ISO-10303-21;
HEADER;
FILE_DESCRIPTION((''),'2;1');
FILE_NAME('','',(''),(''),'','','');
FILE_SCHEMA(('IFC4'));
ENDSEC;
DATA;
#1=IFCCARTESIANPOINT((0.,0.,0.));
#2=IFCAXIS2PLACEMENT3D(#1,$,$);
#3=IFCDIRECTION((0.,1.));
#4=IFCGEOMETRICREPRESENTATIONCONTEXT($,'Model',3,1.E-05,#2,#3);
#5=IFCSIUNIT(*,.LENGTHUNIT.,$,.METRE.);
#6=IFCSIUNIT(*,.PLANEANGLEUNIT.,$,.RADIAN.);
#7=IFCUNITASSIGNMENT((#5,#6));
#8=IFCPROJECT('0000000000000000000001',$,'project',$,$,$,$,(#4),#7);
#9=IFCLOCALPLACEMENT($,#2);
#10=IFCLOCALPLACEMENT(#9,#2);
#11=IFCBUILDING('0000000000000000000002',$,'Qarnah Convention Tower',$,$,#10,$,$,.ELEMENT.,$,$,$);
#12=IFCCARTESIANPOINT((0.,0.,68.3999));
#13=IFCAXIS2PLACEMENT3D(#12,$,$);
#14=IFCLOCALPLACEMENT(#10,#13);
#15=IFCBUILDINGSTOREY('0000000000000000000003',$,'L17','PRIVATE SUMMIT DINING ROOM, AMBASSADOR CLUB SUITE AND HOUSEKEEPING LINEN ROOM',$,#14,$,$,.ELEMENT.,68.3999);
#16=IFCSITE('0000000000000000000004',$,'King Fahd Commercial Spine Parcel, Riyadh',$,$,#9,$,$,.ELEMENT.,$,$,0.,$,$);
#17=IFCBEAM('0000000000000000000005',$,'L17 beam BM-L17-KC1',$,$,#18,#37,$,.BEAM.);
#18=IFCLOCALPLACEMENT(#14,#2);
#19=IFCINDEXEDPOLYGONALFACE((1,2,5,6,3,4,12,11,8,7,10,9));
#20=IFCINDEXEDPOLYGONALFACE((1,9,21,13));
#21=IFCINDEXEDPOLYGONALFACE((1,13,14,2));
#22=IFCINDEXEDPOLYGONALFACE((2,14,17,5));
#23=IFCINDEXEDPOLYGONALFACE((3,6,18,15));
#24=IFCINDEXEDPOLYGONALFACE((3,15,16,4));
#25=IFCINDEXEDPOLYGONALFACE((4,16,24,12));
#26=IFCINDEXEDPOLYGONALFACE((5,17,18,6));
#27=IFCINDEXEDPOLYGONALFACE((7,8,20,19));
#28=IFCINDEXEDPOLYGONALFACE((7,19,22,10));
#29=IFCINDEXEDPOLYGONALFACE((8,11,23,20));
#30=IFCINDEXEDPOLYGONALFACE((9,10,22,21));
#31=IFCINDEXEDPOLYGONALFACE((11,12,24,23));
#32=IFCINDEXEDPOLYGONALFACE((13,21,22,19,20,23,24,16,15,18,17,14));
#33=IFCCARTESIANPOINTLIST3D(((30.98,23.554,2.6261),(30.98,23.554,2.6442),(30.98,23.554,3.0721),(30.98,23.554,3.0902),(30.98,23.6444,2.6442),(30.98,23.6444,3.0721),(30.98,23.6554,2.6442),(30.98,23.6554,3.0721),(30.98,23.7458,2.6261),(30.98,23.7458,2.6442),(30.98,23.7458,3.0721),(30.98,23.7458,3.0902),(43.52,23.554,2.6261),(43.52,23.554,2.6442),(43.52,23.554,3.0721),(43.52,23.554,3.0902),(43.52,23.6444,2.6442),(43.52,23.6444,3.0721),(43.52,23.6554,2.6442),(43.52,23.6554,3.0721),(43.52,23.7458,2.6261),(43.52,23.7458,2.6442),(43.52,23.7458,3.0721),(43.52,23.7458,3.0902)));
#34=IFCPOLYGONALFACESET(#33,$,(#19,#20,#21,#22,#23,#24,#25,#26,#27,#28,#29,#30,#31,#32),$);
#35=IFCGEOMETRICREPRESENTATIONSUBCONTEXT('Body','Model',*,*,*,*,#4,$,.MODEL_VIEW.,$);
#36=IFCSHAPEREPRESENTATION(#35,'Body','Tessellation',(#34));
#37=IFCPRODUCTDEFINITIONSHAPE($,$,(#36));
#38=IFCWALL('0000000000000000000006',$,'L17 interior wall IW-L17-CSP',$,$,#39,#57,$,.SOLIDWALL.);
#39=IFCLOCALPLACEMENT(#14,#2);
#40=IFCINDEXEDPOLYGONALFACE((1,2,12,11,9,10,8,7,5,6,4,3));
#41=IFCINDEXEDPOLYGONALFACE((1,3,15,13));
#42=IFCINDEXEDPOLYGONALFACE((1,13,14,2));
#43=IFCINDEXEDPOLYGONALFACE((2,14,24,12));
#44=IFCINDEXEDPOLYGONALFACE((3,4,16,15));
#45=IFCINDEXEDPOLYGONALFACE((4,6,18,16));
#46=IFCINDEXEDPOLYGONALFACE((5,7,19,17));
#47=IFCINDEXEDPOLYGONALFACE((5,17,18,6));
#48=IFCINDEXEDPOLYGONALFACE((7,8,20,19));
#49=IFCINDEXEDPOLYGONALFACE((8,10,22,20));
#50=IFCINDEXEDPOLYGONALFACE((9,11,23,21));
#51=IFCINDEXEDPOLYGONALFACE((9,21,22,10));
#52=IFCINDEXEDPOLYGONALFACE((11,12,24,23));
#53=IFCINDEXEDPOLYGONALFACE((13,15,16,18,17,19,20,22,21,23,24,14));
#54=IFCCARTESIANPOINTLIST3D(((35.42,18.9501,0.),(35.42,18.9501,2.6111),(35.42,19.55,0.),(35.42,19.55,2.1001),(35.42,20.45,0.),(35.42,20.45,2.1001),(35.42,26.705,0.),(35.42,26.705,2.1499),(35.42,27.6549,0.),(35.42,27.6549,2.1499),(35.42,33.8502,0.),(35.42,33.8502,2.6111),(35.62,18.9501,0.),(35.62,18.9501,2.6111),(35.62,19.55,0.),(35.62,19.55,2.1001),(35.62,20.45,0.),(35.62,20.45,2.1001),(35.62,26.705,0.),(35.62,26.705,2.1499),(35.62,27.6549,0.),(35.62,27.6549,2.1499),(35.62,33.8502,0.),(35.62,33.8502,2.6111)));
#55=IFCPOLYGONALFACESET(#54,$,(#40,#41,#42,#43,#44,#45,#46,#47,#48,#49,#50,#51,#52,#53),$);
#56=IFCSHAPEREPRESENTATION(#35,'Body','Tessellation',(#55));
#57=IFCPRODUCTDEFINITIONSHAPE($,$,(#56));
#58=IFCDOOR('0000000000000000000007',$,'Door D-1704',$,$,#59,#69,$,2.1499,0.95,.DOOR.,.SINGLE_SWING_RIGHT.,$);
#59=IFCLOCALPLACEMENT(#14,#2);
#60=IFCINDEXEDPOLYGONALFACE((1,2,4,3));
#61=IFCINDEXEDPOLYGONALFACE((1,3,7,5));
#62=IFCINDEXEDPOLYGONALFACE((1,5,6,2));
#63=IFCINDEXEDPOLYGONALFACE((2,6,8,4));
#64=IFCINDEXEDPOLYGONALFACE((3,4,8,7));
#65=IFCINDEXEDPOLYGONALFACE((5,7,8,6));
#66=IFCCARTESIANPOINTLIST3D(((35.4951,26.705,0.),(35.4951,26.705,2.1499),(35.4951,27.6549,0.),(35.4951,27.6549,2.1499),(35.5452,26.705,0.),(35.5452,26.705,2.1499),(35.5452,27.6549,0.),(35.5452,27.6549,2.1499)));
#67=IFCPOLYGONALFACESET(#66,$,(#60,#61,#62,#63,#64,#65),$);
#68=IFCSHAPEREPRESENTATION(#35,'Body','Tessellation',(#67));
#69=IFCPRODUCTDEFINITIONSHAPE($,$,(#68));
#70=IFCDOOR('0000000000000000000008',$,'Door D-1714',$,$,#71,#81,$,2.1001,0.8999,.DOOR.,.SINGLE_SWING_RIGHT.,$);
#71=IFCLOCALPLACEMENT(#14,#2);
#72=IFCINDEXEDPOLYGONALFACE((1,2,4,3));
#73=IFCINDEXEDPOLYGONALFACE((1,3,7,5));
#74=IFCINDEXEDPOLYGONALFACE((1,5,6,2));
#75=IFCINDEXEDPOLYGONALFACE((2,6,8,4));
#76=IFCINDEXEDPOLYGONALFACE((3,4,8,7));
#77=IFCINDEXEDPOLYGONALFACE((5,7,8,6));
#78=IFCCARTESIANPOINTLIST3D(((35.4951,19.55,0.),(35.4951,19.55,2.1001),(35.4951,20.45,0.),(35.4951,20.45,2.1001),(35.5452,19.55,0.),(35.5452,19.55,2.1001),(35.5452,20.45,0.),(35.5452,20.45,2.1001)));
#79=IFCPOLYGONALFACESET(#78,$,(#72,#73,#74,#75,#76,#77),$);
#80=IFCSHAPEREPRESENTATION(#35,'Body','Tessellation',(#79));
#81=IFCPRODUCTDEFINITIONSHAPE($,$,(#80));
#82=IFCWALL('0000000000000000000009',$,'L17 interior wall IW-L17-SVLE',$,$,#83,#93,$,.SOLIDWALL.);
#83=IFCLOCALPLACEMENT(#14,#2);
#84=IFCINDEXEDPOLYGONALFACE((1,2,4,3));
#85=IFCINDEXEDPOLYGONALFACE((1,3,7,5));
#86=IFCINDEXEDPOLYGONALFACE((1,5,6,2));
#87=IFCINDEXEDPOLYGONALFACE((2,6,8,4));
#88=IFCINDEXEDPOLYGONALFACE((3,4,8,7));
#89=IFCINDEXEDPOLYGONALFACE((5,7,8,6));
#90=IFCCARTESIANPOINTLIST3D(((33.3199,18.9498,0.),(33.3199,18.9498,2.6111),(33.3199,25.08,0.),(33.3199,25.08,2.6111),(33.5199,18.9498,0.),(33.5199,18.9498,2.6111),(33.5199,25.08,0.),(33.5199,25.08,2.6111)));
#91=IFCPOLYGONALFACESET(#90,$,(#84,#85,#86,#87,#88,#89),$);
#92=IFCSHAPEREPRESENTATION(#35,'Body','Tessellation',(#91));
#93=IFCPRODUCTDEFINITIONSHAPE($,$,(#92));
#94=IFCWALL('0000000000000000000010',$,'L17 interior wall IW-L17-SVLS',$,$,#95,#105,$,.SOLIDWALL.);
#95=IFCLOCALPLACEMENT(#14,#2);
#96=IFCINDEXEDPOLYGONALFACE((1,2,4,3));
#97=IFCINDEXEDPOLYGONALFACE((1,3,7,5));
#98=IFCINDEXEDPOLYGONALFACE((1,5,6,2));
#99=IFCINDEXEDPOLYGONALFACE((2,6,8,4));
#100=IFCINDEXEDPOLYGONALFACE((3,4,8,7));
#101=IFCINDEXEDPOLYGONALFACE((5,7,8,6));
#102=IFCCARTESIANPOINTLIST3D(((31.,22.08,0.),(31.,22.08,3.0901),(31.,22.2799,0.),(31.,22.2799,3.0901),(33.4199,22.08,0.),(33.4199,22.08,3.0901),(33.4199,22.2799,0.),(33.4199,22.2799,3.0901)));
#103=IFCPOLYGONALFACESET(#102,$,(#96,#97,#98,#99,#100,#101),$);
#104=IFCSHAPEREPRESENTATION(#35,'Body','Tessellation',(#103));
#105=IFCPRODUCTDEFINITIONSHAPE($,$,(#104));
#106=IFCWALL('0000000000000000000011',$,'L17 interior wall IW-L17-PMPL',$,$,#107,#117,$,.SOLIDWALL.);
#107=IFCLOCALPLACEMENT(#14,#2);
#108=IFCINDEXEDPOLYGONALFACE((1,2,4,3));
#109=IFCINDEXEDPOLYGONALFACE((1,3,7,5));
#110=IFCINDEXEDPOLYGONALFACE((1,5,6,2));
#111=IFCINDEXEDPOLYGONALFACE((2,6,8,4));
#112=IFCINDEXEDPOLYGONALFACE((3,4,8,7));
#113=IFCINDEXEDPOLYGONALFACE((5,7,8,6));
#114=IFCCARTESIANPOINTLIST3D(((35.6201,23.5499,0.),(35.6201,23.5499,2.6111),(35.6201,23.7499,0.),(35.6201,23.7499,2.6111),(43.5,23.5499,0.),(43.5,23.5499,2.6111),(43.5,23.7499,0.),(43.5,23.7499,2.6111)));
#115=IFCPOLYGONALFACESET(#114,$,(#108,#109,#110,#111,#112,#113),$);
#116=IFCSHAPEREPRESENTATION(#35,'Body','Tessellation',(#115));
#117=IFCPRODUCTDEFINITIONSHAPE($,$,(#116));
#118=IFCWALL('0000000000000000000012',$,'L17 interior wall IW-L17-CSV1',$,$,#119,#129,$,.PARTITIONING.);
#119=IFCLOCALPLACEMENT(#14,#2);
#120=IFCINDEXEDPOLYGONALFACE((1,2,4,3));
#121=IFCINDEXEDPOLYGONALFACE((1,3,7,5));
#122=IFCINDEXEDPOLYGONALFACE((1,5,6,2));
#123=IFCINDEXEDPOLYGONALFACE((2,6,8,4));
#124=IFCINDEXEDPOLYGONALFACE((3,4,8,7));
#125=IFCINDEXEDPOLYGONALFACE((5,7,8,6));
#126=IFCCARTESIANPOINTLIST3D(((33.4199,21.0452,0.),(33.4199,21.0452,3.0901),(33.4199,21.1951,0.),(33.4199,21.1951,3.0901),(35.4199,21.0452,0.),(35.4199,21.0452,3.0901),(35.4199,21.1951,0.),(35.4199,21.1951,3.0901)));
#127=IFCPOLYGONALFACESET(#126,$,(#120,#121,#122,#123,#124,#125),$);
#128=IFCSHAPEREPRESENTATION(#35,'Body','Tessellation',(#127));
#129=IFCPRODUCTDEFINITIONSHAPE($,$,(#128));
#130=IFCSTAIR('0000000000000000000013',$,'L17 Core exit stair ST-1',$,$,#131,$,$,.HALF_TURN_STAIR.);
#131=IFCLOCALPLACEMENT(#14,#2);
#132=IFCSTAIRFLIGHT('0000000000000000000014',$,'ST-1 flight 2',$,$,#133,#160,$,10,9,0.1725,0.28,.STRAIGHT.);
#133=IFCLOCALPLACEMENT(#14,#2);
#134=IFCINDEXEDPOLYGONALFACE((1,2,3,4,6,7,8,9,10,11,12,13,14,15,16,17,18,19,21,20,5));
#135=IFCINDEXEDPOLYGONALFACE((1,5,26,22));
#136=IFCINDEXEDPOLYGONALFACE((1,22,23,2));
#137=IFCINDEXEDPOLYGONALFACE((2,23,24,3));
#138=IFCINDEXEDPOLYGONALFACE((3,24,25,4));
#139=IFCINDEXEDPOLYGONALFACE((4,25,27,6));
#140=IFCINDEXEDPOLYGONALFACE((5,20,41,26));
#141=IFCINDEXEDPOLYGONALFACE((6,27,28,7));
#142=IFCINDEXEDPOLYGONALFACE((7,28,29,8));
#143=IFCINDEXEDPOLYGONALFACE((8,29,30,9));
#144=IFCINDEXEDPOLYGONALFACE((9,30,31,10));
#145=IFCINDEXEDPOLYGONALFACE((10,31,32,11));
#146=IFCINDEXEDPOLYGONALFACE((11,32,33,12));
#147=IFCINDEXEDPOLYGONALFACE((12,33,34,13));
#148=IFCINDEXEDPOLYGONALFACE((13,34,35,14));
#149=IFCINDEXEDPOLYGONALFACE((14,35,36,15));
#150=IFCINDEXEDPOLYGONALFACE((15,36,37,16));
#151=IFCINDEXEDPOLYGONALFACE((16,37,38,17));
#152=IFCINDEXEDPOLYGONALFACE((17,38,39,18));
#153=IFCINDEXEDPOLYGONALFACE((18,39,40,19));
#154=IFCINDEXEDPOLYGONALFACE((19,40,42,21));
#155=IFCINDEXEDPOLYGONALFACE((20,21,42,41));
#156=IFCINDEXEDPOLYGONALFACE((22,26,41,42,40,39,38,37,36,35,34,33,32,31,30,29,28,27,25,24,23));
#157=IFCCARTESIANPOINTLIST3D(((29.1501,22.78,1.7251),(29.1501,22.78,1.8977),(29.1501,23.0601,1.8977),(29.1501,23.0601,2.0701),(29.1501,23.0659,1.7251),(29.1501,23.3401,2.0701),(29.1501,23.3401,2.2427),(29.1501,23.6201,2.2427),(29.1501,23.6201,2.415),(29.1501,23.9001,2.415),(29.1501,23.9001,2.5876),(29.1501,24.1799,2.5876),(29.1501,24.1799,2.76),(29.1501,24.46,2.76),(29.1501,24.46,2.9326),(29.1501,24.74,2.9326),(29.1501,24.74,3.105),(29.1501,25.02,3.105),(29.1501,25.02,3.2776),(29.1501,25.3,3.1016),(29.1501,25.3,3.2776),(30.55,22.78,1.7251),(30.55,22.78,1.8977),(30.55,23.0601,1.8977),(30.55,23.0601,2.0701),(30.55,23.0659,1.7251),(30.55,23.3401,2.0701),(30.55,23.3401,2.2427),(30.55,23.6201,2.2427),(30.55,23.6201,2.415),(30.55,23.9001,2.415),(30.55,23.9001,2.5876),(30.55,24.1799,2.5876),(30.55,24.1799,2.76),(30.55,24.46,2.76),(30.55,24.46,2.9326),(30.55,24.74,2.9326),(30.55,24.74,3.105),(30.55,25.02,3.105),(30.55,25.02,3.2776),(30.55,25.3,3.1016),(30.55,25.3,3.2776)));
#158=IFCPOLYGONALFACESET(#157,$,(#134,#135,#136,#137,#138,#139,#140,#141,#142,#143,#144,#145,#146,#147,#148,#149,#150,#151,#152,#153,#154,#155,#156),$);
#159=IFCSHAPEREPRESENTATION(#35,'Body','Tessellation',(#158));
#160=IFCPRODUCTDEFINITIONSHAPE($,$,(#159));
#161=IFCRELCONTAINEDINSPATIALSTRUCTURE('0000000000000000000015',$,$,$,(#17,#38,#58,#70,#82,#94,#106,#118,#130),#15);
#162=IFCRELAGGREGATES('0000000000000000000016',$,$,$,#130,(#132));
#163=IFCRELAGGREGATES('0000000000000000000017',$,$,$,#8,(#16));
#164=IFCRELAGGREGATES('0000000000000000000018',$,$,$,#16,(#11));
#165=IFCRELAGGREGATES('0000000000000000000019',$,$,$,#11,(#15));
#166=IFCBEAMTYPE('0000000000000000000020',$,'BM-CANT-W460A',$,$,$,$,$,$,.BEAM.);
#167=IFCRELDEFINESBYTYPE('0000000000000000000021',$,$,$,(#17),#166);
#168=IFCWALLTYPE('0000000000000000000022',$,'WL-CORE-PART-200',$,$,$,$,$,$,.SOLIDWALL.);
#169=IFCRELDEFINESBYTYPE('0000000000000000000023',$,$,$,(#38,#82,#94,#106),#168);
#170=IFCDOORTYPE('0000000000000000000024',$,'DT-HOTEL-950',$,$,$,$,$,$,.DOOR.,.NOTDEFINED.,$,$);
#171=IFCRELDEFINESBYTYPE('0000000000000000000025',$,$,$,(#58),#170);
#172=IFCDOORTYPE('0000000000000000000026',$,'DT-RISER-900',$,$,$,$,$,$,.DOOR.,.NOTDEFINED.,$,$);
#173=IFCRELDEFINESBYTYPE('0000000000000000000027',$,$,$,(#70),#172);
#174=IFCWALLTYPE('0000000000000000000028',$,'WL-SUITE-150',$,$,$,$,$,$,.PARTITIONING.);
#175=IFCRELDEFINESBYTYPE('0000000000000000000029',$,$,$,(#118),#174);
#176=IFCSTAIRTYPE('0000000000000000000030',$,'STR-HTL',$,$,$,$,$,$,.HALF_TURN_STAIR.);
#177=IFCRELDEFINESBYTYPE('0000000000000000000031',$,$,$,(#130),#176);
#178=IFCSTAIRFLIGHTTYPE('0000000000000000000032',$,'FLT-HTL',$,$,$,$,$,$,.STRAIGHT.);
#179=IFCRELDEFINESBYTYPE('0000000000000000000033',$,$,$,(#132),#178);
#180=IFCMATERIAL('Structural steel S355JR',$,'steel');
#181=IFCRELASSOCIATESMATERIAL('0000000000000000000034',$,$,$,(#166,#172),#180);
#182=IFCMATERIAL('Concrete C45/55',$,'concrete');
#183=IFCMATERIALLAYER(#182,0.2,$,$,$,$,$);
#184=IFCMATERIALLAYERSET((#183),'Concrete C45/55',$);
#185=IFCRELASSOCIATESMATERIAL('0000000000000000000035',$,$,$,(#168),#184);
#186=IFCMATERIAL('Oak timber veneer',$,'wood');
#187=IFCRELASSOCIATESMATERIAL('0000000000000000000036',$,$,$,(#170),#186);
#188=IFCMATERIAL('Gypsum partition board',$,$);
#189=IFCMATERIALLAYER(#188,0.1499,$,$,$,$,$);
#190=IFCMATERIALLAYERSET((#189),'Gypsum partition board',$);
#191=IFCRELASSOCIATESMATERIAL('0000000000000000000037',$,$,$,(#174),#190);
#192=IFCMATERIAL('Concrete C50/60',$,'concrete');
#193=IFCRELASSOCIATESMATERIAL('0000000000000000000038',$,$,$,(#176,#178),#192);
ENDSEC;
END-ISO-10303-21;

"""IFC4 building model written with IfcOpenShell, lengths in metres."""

from ifc_helpers import new_model, si_unit, direction, frame, frame_2d, origin, origin_2d, place, context, subcontext, project, spatial, polyline, rectangle, i_section, outline, extrude, material, layer, layer_set, material_profile, profile_set, type_object, element, fill, aggregate, save


model = new_model("IFC4")

# Units and contexts
model_context = context("Model", 3, precision=1e-05, world=origin(), true_north=direction((0.0, 1.0)))
body_context = subcontext(model_context, "Body", "Model", "MODEL_VIEW")
ifc_project = project(units=[si_unit("LENGTHUNIT", "METRE"), si_unit("PLANEANGLEUNIT", "RADIAN")], contexts=[model_context])

# Site, building, storey
site_placement = place(None, origin())
site = spatial("IfcSite", under=ifc_project, at=site_placement, Name="King Fahd Commercial Spine Parcel, Riyadh", CompositionType="ELEMENT", RefElevation=0.0)
building_placement = place(site_placement, origin())
building = spatial("IfcBuilding", under=site, at=building_placement, Name="Qarnah Convention Tower", CompositionType="ELEMENT")
storey_placement = place(building_placement, frame((0.0, 0.0, 68.3999)))
storey = spatial("IfcBuildingStorey", under=building, at=storey_placement, Name="L17", Description="PRIVATE SUMMIT DINING ROOM, AMBASSADOR CLUB SUITE AND HOUSEKEEPING LINEN ROOM", CompositionType="ELEMENT", Elevation=68.3999)

# Beam
ifc_material_1 = material(Name="Structural steel S355JR", Category="steel")
ifc_material_profile = material_profile(ifc_material_1, i_section(OverallWidth=0.1919, OverallDepth=0.4641, WebThickness=0.011, FlangeThickness=0.0181, at=origin_2d()), Name="W460X89")
ifc_profile_set = profile_set([ifc_material_profile], Name="Structural steel S355JR")
beam_type = type_object("IfcBeamType", Name="BM-CANT-W460A", PredefinedType="BEAM", material=ifc_profile_set)
beam_placement = place(storey_placement, frame((30.98, 23.6499, 2.8582), z_axis=(1.0, 0.0, 0.0), x_axis=(0.0, 1.0, 0.0)))
element("IfcBeam", 1, at=beam_placement, inside=storey, type_object=beam_type, Name="L17 beam BM-L17-KC1", PredefinedType="BEAM", context=body_context, shape_type="SweptSolid", body=[
    extrude(i_section(OverallWidth=0.1919, OverallDepth=0.4641, WebThickness=0.011, FlangeThickness=0.0181, at=origin_2d()), origin(), (0.0, 0.0, 1.0), 12.54),
])

# Wall, openings, doors
door_type_1 = type_object("IfcDoorType", Name="DT-RISER-900", OperationType="NOTDEFINED", PredefinedType="DOOR", material=ifc_material_1)
ifc_material_2 = material(Name="Concrete C45/55", Category="concrete")
ifc_layer_1 = layer(ifc_material_2, 0.2)
ifc_layer_set_1 = layer_set([ifc_layer_1], Name="Concrete C45/55")
wall_type_1 = type_object("IfcWallType", Name="WL-CORE-PART-200", PredefinedType="SOLIDWALL", material=ifc_layer_set_1)
wall_1_placement = place(storey_placement, frame((35.52, 18.95, 0.0), z_axis=(0.0, 0.0, 1.0), x_axis=(0.0, 1.0, 0.0)))
wall_1 = element("IfcWall", 2, at=wall_1_placement, inside=storey, type_object=wall_type_1, Name="L17 interior wall IW-L17-CSP", PredefinedType="SOLIDWALL", context=body_context, shape_type="SweptSolid", body=[
    extrude(rectangle(XDim=14.9001, YDim=0.2, at=frame_2d((7.4502, 0.0))), origin(), (0.0, 0.0, 1.0), 2.6111),
])
opening_1_placement = place(wall_1_placement, frame((7.7549, 0.0, 0.0)))
opening_1 = element("IfcOpeningElement", 3, at=opening_1_placement, cuts=wall_1, PredefinedType="OPENING", context=body_context, shape_type="SweptSolid", body=[
    extrude(rectangle(XDim=0.95, YDim=2.1499, at=frame_2d((0.4751, 1.075))), frame((0.0, 0.1099, 0.0), z_axis=(0.0, -1.0, 0.0), x_axis=(1.0, 0.0, 0.0)), (0.0, 0.0, 1.0), 0.22),
])
opening_2_placement = place(wall_1_placement, frame((0.6001, 0.0, 0.0)))
opening_2 = element("IfcOpeningElement", 4, at=opening_2_placement, cuts=wall_1, PredefinedType="OPENING", context=body_context, shape_type="SweptSolid", body=[
    extrude(rectangle(XDim=0.8999, YDim=2.1001, at=frame_2d((0.45, 1.05))), frame((0.0, 0.1099, 0.0), z_axis=(0.0, -1.0, 0.0), x_axis=(1.0, 0.0, 0.0)), (0.0, 0.0, 1.0), 0.22),
])
ifc_material_3 = material(Name="Oak timber veneer", Category="wood")
door_type_2 = type_object("IfcDoorType", Name="DT-HOTEL-950", OperationType="NOTDEFINED", PredefinedType="DOOR", material=ifc_material_3)
door_1_placement = place(opening_1_placement, origin())
door_1 = element("IfcDoor", 5, at=door_1_placement, inside=storey, type_object=door_type_2, Name="Door D-1704", OperationType="SINGLE_SWING_RIGHT", OverallHeight=2.1499, OverallWidth=0.95, PredefinedType="DOOR", context=body_context, shape_type="SweptSolid", body=[
    extrude(rectangle(XDim=0.95, YDim=2.1499, at=frame_2d((0.4751, 1.075))), frame((0.0, 0.0249, 0.0), z_axis=(0.0, -1.0, 0.0), x_axis=(1.0, 0.0, 0.0)), (0.0, 0.0, 1.0), 0.05),
])
fill(opening_1, door_1)
door_2_placement = place(opening_2_placement, origin())
door_2 = element("IfcDoor", 6, at=door_2_placement, inside=storey, type_object=door_type_1, Name="Door D-1714", OperationType="SINGLE_SWING_RIGHT", OverallHeight=2.1001, OverallWidth=0.8999, PredefinedType="DOOR", context=body_context, shape_type="SweptSolid", body=[
    extrude(rectangle(XDim=0.8999, YDim=2.1001, at=frame_2d((0.45, 1.05))), frame((0.0, 0.0249, 0.0), z_axis=(0.0, -1.0, 0.0), x_axis=(1.0, 0.0, 0.0)), (0.0, 0.0, 1.0), 0.05),
])
fill(opening_2, door_2)

# Walls
wall_2_placement = place(storey_placement, frame((33.4199, 18.95, 0.0), z_axis=(0.0, 0.0, 1.0), x_axis=(0.0, 1.0, 0.0)))
element("IfcWall", 7, at=wall_2_placement, inside=storey, type_object=wall_type_1, Name="L17 interior wall IW-L17-SVLE", PredefinedType="SOLIDWALL", context=body_context, shape_type="SweptSolid", body=[
    extrude(rectangle(XDim=6.1301, YDim=0.2, at=frame_2d((3.0649, 0.0))), origin(), (0.0, 0.0, 1.0), 2.6111),
])
wall_3_placement = place(storey_placement, frame((31.0, 22.1799, 0.0), z_axis=(0.0, 0.0, 1.0), x_axis=(1.0, 0.0, 0.0)))
element("IfcWall", 8, at=wall_3_placement, inside=storey, type_object=wall_type_1, Name="L17 interior wall IW-L17-SVLS", PredefinedType="SOLIDWALL", context=body_context, shape_type="SweptSolid", body=[
    extrude(rectangle(XDim=2.4199, YDim=0.2, at=frame_2d((1.21, 0.0))), origin(), (0.0, 0.0, 1.0), 3.0901),
])
wall_4_placement = place(storey_placement, frame((35.6201, 23.6499, 0.0), z_axis=(0.0, 0.0, 1.0), x_axis=(1.0, 0.0, 0.0)))
element("IfcWall", 9, at=wall_4_placement, inside=storey, type_object=wall_type_1, Name="L17 interior wall IW-L17-PMPL", PredefinedType="SOLIDWALL", context=body_context, shape_type="SweptSolid", body=[
    extrude(rectangle(XDim=7.8799, YDim=0.2, at=frame_2d((3.9399, 0.0))), origin(), (0.0, 0.0, 1.0), 2.6111),
])

# Wall
ifc_material_4 = material(Name="Gypsum partition board")
ifc_layer_2 = layer(ifc_material_4, 0.1499)
ifc_layer_set_2 = layer_set([ifc_layer_2], Name="Gypsum partition board")
wall_type_2 = type_object("IfcWallType", Name="WL-SUITE-150", PredefinedType="PARTITIONING", material=ifc_layer_set_2)
wall_5_placement = place(storey_placement, frame((33.4199, 21.1201, 0.0), z_axis=(0.0, 0.0, 1.0), x_axis=(1.0, 0.0, 0.0)))
element("IfcWall", 10, at=wall_5_placement, inside=storey, type_object=wall_type_2, Name="L17 interior wall IW-L17-CSV1", PredefinedType="PARTITIONING", context=body_context, shape_type="SweptSolid", body=[
    extrude(rectangle(XDim=2.0, YDim=0.1499, at=frame_2d((1.0, 0.0))), origin(), (0.0, 0.0, 1.0), 3.0901),
])

# Stair, stair flight
ifc_material_5 = material(Name="Concrete C50/60", Category="concrete")
stair_type = type_object("IfcStairType", Name="STR-HTL", PredefinedType="HALF_TURN_STAIR", material=ifc_material_5)
stair_placement = place(storey_placement, origin())
stair = element("IfcStair", 11, at=stair_placement, inside=storey, type_object=stair_type, Name="L17 Core exit stair ST-1", PredefinedType="HALF_TURN_STAIR")
stair_flight_type = type_object("IfcStairFlightType", Name="FLT-HTL", PredefinedType="STRAIGHT", material=ifc_material_5)
stair_flight_placement = place(storey_placement, frame((29.8501, 22.78, 1.7251), z_axis=(0.0, 0.0, 1.0), x_axis=(0.0, 1.0, 0.0)))
stair_flight = element("IfcStairFlight", 12, at=stair_flight_placement, type_object=stair_flight_type, Name="ST-1 flight 2", NumberOfRisers=10, NumberOfTreads=9, PredefinedType="STRAIGHT", RiserHeight=0.1725, TreadLength=0.28, context=body_context, shape_type="SweptSolid", body=[
    extrude(outline(polyline([(0.0, 0.0), (0.0, 0.1726), (0.28, 0.1726), (0.28, 0.345), (0.5601, 0.345), (0.5601, 0.5176), (0.8401, 0.5176), (0.8401, 0.6899), (1.1201, 0.6899), (1.1201, 0.8625), (1.3999, 0.8625), (1.3999, 1.0349), (1.6799, 1.0349), (1.6799, 1.2075), (1.96, 1.2075), (1.96, 1.3799), (2.24, 1.3799), (2.24, 1.5525), (2.52, 1.5525), (2.52, 1.7251), (2.52, 1.3765), (0.2859, 0.0), (0.0, 0.0)])), frame((0.0, 0.7, 0.0), z_axis=(0.0, -1.0, 0.0), x_axis=(1.0, 0.0, 0.0)), (0.0, 0.0, 1.0), 1.3999),
])
aggregate(stair, [stair_flight])

save(model, "model.ifc")
